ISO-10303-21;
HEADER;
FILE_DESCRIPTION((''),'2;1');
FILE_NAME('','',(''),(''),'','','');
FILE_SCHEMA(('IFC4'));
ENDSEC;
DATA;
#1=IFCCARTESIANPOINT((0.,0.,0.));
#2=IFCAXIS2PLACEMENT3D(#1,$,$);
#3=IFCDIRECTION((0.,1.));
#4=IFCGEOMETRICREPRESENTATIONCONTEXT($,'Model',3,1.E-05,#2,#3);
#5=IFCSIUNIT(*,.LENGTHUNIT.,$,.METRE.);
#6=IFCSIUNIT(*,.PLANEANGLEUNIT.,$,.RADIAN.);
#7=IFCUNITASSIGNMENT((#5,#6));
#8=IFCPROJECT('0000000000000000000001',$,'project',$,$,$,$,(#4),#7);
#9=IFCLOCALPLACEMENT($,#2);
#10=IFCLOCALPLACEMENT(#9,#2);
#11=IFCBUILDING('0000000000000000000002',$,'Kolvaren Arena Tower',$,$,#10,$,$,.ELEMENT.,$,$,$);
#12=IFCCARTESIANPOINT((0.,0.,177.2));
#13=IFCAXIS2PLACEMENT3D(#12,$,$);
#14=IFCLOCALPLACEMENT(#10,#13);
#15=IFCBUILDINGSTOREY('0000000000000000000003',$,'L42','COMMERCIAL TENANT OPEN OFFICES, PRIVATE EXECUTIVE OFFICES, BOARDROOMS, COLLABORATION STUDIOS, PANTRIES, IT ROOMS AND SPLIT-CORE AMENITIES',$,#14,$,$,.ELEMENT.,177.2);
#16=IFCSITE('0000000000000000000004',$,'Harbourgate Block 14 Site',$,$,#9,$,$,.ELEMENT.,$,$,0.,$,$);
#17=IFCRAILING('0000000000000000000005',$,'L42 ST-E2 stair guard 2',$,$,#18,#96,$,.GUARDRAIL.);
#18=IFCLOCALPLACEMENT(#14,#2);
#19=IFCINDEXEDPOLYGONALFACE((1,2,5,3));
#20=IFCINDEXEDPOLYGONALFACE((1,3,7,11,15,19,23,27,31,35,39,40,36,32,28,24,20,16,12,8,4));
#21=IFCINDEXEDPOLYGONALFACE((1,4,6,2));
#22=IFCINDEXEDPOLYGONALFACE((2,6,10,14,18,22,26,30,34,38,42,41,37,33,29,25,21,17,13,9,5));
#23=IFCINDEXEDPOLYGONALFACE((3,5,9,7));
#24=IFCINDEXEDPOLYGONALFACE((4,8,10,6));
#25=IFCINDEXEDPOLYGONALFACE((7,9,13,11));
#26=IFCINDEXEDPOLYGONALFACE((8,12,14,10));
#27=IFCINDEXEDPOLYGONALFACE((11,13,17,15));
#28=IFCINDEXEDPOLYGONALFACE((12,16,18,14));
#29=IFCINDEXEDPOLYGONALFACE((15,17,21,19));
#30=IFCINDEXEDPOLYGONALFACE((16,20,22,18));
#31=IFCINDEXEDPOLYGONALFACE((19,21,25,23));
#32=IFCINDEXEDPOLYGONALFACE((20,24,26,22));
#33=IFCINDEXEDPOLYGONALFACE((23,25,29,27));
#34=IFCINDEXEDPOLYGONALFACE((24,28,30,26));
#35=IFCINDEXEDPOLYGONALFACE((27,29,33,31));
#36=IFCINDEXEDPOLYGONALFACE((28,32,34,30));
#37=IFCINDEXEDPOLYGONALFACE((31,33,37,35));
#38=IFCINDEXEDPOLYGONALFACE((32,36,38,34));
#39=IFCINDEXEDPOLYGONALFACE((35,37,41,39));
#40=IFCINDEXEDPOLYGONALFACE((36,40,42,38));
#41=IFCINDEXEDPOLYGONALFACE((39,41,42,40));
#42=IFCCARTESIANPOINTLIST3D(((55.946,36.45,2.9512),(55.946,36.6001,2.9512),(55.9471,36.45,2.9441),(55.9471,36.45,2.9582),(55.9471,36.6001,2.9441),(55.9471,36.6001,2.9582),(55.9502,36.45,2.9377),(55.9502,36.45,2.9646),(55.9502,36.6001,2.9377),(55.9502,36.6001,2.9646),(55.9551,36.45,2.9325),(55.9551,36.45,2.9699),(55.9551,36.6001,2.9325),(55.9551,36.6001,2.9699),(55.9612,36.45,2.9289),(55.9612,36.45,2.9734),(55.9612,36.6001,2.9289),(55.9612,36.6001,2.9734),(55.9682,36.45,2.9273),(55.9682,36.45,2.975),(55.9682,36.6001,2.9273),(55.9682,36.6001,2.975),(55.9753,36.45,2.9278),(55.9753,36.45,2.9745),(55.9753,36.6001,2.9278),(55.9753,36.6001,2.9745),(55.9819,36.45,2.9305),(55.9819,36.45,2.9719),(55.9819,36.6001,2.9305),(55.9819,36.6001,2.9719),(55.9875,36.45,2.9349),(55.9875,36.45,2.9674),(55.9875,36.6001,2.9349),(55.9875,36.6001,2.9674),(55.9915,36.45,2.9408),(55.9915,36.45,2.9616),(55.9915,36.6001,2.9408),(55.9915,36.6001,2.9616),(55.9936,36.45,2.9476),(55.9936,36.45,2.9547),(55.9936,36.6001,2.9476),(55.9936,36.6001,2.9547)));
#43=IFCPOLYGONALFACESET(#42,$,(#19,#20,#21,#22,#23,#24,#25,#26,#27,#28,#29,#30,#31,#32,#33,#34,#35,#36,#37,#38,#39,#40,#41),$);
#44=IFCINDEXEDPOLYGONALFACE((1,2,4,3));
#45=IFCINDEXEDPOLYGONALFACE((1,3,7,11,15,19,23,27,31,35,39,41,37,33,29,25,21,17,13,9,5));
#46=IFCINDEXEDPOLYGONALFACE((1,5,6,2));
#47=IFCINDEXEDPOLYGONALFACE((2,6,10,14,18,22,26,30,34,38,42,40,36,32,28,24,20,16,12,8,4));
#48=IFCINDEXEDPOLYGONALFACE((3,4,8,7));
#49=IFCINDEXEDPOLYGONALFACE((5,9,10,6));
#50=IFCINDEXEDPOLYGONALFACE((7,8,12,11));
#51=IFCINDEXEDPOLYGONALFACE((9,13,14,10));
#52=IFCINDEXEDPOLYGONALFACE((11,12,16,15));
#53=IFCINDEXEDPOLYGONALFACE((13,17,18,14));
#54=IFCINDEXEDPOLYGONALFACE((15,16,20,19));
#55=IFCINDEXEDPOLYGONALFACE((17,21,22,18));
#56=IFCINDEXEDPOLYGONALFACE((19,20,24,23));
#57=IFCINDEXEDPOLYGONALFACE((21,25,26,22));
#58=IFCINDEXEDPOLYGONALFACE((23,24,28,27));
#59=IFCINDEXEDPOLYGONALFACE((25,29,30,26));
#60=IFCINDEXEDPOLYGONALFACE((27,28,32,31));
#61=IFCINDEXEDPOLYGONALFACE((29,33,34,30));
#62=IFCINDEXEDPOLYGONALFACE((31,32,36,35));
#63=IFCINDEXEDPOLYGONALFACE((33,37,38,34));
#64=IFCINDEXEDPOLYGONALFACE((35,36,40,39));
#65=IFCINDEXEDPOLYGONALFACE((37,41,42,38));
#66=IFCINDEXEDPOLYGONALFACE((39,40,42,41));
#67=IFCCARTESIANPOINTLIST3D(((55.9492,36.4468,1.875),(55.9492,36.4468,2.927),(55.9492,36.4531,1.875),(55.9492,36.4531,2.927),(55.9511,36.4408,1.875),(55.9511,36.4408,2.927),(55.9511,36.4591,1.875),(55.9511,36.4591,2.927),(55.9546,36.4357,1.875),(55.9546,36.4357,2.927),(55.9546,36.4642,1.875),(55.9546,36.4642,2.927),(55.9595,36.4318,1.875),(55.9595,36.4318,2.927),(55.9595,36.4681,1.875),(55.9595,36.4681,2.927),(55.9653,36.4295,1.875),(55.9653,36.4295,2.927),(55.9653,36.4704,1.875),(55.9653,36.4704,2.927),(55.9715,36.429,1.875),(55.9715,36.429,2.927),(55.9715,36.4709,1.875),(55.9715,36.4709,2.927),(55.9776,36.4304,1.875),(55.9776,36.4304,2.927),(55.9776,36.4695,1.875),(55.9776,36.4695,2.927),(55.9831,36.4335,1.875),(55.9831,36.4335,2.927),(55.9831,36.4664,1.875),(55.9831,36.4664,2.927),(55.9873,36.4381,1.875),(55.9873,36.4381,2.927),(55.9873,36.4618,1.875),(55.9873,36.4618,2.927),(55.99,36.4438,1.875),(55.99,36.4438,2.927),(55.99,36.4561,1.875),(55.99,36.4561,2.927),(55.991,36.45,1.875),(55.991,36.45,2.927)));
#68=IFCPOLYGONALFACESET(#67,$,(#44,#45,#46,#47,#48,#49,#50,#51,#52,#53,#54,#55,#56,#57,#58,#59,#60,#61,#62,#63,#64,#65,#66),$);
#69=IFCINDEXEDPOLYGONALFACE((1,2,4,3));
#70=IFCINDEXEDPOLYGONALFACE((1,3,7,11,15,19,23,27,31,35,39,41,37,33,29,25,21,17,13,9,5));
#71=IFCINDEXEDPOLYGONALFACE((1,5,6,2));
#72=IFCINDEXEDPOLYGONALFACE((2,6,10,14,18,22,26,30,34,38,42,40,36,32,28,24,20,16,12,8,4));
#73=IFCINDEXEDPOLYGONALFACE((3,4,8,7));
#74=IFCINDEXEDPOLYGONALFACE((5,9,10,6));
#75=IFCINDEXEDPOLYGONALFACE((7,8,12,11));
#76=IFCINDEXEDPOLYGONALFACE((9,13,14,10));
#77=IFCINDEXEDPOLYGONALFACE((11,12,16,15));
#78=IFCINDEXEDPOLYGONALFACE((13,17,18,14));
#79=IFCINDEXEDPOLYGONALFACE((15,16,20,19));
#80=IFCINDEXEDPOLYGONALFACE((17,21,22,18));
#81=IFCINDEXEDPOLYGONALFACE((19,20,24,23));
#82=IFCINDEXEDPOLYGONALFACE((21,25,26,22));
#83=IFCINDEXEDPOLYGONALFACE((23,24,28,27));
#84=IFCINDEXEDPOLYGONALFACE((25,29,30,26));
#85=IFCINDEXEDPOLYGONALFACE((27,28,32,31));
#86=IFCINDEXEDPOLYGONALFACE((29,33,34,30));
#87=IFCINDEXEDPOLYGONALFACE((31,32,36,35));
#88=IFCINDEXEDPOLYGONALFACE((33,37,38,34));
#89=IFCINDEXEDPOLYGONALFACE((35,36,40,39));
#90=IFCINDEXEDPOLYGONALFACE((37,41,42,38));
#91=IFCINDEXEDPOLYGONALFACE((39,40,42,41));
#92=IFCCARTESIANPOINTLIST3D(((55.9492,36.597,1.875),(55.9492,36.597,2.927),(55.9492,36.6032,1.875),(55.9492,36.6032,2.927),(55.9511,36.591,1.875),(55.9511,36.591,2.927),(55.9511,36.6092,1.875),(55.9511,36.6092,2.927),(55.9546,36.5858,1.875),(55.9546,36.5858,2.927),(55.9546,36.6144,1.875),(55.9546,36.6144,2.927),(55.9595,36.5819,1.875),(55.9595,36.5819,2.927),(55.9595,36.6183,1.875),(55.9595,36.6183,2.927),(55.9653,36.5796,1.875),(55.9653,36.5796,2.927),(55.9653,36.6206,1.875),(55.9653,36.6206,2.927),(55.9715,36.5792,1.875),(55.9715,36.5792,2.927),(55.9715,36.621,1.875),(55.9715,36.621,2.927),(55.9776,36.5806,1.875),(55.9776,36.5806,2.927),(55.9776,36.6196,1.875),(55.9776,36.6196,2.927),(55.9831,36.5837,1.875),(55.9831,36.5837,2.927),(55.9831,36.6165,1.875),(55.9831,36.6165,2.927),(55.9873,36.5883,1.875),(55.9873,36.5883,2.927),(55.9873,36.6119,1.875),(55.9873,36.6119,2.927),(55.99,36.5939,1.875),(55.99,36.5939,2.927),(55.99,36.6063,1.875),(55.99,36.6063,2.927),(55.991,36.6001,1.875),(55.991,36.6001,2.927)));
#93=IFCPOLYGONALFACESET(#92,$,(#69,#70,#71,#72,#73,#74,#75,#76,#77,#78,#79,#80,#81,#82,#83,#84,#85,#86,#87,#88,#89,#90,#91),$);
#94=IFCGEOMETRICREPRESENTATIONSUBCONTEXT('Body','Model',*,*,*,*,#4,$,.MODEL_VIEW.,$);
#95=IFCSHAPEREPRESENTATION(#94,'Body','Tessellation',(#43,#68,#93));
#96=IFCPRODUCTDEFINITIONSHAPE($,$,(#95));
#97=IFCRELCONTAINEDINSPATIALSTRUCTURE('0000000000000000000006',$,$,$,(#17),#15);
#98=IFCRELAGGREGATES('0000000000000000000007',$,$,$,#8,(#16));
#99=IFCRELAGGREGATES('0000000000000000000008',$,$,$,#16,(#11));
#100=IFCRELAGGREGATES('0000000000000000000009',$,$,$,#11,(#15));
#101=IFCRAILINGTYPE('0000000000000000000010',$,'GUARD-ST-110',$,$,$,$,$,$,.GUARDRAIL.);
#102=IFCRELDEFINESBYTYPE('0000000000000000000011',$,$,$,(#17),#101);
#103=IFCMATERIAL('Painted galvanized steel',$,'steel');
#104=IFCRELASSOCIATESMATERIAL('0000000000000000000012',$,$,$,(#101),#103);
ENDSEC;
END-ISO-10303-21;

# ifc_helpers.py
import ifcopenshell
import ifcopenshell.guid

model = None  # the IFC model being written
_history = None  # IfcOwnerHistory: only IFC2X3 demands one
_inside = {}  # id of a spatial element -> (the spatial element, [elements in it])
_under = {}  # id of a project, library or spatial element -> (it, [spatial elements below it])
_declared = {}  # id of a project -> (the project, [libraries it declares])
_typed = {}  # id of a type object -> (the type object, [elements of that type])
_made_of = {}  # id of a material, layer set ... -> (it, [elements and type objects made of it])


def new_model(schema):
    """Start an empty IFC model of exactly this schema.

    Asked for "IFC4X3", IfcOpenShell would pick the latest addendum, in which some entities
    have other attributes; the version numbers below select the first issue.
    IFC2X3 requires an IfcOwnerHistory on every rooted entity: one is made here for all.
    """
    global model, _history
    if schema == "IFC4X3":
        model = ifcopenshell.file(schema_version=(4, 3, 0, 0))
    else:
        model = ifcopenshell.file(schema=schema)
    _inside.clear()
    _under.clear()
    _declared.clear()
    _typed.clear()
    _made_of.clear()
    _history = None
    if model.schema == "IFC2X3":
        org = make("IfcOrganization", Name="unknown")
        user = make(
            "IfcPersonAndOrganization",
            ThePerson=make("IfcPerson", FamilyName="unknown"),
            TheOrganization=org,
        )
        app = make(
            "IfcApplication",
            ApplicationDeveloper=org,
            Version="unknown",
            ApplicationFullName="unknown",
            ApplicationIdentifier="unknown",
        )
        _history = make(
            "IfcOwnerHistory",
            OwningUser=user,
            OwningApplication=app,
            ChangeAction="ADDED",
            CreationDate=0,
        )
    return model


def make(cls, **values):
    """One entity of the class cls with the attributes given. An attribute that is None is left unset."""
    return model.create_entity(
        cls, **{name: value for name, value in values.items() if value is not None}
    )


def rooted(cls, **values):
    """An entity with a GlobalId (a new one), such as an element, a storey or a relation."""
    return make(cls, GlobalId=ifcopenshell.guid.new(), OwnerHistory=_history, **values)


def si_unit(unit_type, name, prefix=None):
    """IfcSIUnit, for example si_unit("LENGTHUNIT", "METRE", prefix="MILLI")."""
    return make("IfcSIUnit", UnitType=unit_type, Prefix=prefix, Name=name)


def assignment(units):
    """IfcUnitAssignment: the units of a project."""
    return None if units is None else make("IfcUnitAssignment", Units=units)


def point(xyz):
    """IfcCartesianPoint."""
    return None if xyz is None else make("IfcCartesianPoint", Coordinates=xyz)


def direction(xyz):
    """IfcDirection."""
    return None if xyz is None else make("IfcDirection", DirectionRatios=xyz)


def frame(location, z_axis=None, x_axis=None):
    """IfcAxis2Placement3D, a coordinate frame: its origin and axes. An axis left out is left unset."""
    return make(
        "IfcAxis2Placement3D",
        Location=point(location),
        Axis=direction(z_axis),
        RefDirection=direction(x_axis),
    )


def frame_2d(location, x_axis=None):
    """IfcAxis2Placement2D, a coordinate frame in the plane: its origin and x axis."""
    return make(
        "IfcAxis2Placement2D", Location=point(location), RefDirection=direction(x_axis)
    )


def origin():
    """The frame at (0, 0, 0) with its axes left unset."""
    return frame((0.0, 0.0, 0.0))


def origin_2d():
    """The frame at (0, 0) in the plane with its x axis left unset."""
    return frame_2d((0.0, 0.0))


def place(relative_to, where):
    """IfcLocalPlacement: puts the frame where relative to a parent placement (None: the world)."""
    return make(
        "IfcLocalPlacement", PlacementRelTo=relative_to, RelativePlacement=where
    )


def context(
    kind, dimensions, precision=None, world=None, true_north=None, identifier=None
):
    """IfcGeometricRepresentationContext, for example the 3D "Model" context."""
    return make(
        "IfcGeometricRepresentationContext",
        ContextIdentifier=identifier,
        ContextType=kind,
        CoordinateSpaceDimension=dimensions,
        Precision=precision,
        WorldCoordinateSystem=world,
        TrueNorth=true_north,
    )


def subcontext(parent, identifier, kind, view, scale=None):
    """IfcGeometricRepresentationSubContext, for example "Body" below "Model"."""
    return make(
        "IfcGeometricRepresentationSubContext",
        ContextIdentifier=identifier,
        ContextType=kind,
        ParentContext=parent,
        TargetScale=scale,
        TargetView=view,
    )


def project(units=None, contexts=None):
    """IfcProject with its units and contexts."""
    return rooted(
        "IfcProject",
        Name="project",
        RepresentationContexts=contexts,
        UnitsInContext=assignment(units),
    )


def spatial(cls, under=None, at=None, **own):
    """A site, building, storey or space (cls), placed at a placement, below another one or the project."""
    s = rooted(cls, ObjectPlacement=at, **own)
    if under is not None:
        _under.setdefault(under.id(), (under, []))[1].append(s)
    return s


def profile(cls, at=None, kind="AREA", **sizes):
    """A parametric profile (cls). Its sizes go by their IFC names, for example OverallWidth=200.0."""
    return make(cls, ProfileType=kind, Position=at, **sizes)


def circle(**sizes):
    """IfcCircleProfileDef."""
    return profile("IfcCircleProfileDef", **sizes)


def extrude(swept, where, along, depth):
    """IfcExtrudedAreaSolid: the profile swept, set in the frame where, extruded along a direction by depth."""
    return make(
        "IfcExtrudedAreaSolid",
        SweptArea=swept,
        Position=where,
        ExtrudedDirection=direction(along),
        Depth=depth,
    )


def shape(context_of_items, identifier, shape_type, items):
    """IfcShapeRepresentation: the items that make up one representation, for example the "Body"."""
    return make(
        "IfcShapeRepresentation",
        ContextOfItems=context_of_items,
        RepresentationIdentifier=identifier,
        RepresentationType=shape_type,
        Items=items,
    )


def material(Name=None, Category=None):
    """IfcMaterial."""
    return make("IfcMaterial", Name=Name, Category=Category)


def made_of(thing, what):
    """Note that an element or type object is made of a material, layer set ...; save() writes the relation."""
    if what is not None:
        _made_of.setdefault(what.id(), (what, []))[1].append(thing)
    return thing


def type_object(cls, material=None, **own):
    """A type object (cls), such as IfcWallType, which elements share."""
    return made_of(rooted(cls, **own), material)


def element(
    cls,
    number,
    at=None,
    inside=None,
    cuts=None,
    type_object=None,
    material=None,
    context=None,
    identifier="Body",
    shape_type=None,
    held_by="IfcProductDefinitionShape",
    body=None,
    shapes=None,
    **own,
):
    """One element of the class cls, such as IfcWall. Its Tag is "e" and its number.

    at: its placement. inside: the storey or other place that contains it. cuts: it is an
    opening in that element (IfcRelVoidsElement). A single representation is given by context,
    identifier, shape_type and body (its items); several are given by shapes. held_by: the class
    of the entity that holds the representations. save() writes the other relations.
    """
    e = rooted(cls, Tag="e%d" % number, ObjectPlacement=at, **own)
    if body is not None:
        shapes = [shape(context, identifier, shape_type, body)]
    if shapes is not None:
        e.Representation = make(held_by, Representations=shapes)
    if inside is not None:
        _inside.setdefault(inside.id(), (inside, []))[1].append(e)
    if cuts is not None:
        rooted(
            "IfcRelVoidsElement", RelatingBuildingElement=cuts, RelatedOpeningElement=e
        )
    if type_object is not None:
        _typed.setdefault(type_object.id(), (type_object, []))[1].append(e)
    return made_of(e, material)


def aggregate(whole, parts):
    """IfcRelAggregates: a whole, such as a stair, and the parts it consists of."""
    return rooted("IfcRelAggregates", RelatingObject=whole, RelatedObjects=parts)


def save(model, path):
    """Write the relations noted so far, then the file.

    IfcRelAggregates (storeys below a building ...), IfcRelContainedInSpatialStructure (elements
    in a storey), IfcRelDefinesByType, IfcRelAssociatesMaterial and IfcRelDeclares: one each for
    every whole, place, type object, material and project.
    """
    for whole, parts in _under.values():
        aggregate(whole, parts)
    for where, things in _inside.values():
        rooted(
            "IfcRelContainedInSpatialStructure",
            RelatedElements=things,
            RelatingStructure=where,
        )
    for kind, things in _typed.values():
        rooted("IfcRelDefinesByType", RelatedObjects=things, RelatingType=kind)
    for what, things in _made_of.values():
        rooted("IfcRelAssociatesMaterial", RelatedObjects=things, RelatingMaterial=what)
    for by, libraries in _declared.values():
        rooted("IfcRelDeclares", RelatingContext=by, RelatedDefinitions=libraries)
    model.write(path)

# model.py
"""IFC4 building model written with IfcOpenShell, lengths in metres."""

from ifc_helpers import new_model, si_unit, direction, frame, origin, origin_2d, place, context, subcontext, project, spatial, circle, extrude, material, type_object, element, save


model = new_model("IFC4")

# Units and contexts
model_context = context("Model", 3, precision=1e-05, world=origin(), true_north=direction((0.0, 1.0)))
body_context = subcontext(model_context, "Body", "Model", "MODEL_VIEW")
ifc_project = project(units=[si_unit("LENGTHUNIT", "METRE"), si_unit("PLANEANGLEUNIT", "RADIAN")], contexts=[model_context])

# Site, building, storey
site_placement = place(None, origin())
site = spatial("IfcSite", under=ifc_project, at=site_placement, Name="Harbourgate Block 14 Site", CompositionType="ELEMENT", RefElevation=0.0)
building_placement = place(site_placement, origin())
building = spatial("IfcBuilding", under=site, at=building_placement, Name="Kolvaren Arena Tower", CompositionType="ELEMENT")
storey_placement = place(building_placement, frame((0.0, 0.0, 177.2)))
storey = spatial("IfcBuildingStorey", under=building, at=storey_placement, Name="L42", Description="COMMERCIAL TENANT OPEN OFFICES, PRIVATE EXECUTIVE OFFICES, BOARDROOMS, COLLABORATION STUDIOS, PANTRIES, IT ROOMS AND SPLIT-CORE AMENITIES", CompositionType="ELEMENT", Elevation=177.2)

# Railing
ifc_material_1 = material(Name="Painted galvanized steel", Category="steel")
railing_type_1 = type_object("IfcRailingType", Name="GUARD-ST-110", PredefinedType="GUARDRAIL", material=ifc_material_1)
railing_1_placement = place(storey_placement, frame((55.97, 36.45, 1.875)))
element("IfcRailing", 1, at=railing_1_placement, inside=storey, type_object=railing_type_1, Name="L42 ST-E2 stair guard 2", PredefinedType="GUARDRAIL", context=body_context, shape_type="SweptSolid", body=[
    extrude(circle(Radius=0.0239, at=origin_2d()), frame((0.0, 0.0, 1.0762), z_axis=(0.0, 1.0, 0.0), x_axis=(-1.0, 0.0, 0.0)), (0.0, 0.0, 1.0), 0.1501),
    extrude(circle(Radius=0.021, at=origin_2d()), origin(), (0.0, 0.0, 1.0), 1.052),
    extrude(circle(Radius=0.021, at=origin_2d()), frame((0.0, 0.1501, 0.0)), (0.0, 0.0, 1.0), 1.052),
])

save(model, "model.ifc")
